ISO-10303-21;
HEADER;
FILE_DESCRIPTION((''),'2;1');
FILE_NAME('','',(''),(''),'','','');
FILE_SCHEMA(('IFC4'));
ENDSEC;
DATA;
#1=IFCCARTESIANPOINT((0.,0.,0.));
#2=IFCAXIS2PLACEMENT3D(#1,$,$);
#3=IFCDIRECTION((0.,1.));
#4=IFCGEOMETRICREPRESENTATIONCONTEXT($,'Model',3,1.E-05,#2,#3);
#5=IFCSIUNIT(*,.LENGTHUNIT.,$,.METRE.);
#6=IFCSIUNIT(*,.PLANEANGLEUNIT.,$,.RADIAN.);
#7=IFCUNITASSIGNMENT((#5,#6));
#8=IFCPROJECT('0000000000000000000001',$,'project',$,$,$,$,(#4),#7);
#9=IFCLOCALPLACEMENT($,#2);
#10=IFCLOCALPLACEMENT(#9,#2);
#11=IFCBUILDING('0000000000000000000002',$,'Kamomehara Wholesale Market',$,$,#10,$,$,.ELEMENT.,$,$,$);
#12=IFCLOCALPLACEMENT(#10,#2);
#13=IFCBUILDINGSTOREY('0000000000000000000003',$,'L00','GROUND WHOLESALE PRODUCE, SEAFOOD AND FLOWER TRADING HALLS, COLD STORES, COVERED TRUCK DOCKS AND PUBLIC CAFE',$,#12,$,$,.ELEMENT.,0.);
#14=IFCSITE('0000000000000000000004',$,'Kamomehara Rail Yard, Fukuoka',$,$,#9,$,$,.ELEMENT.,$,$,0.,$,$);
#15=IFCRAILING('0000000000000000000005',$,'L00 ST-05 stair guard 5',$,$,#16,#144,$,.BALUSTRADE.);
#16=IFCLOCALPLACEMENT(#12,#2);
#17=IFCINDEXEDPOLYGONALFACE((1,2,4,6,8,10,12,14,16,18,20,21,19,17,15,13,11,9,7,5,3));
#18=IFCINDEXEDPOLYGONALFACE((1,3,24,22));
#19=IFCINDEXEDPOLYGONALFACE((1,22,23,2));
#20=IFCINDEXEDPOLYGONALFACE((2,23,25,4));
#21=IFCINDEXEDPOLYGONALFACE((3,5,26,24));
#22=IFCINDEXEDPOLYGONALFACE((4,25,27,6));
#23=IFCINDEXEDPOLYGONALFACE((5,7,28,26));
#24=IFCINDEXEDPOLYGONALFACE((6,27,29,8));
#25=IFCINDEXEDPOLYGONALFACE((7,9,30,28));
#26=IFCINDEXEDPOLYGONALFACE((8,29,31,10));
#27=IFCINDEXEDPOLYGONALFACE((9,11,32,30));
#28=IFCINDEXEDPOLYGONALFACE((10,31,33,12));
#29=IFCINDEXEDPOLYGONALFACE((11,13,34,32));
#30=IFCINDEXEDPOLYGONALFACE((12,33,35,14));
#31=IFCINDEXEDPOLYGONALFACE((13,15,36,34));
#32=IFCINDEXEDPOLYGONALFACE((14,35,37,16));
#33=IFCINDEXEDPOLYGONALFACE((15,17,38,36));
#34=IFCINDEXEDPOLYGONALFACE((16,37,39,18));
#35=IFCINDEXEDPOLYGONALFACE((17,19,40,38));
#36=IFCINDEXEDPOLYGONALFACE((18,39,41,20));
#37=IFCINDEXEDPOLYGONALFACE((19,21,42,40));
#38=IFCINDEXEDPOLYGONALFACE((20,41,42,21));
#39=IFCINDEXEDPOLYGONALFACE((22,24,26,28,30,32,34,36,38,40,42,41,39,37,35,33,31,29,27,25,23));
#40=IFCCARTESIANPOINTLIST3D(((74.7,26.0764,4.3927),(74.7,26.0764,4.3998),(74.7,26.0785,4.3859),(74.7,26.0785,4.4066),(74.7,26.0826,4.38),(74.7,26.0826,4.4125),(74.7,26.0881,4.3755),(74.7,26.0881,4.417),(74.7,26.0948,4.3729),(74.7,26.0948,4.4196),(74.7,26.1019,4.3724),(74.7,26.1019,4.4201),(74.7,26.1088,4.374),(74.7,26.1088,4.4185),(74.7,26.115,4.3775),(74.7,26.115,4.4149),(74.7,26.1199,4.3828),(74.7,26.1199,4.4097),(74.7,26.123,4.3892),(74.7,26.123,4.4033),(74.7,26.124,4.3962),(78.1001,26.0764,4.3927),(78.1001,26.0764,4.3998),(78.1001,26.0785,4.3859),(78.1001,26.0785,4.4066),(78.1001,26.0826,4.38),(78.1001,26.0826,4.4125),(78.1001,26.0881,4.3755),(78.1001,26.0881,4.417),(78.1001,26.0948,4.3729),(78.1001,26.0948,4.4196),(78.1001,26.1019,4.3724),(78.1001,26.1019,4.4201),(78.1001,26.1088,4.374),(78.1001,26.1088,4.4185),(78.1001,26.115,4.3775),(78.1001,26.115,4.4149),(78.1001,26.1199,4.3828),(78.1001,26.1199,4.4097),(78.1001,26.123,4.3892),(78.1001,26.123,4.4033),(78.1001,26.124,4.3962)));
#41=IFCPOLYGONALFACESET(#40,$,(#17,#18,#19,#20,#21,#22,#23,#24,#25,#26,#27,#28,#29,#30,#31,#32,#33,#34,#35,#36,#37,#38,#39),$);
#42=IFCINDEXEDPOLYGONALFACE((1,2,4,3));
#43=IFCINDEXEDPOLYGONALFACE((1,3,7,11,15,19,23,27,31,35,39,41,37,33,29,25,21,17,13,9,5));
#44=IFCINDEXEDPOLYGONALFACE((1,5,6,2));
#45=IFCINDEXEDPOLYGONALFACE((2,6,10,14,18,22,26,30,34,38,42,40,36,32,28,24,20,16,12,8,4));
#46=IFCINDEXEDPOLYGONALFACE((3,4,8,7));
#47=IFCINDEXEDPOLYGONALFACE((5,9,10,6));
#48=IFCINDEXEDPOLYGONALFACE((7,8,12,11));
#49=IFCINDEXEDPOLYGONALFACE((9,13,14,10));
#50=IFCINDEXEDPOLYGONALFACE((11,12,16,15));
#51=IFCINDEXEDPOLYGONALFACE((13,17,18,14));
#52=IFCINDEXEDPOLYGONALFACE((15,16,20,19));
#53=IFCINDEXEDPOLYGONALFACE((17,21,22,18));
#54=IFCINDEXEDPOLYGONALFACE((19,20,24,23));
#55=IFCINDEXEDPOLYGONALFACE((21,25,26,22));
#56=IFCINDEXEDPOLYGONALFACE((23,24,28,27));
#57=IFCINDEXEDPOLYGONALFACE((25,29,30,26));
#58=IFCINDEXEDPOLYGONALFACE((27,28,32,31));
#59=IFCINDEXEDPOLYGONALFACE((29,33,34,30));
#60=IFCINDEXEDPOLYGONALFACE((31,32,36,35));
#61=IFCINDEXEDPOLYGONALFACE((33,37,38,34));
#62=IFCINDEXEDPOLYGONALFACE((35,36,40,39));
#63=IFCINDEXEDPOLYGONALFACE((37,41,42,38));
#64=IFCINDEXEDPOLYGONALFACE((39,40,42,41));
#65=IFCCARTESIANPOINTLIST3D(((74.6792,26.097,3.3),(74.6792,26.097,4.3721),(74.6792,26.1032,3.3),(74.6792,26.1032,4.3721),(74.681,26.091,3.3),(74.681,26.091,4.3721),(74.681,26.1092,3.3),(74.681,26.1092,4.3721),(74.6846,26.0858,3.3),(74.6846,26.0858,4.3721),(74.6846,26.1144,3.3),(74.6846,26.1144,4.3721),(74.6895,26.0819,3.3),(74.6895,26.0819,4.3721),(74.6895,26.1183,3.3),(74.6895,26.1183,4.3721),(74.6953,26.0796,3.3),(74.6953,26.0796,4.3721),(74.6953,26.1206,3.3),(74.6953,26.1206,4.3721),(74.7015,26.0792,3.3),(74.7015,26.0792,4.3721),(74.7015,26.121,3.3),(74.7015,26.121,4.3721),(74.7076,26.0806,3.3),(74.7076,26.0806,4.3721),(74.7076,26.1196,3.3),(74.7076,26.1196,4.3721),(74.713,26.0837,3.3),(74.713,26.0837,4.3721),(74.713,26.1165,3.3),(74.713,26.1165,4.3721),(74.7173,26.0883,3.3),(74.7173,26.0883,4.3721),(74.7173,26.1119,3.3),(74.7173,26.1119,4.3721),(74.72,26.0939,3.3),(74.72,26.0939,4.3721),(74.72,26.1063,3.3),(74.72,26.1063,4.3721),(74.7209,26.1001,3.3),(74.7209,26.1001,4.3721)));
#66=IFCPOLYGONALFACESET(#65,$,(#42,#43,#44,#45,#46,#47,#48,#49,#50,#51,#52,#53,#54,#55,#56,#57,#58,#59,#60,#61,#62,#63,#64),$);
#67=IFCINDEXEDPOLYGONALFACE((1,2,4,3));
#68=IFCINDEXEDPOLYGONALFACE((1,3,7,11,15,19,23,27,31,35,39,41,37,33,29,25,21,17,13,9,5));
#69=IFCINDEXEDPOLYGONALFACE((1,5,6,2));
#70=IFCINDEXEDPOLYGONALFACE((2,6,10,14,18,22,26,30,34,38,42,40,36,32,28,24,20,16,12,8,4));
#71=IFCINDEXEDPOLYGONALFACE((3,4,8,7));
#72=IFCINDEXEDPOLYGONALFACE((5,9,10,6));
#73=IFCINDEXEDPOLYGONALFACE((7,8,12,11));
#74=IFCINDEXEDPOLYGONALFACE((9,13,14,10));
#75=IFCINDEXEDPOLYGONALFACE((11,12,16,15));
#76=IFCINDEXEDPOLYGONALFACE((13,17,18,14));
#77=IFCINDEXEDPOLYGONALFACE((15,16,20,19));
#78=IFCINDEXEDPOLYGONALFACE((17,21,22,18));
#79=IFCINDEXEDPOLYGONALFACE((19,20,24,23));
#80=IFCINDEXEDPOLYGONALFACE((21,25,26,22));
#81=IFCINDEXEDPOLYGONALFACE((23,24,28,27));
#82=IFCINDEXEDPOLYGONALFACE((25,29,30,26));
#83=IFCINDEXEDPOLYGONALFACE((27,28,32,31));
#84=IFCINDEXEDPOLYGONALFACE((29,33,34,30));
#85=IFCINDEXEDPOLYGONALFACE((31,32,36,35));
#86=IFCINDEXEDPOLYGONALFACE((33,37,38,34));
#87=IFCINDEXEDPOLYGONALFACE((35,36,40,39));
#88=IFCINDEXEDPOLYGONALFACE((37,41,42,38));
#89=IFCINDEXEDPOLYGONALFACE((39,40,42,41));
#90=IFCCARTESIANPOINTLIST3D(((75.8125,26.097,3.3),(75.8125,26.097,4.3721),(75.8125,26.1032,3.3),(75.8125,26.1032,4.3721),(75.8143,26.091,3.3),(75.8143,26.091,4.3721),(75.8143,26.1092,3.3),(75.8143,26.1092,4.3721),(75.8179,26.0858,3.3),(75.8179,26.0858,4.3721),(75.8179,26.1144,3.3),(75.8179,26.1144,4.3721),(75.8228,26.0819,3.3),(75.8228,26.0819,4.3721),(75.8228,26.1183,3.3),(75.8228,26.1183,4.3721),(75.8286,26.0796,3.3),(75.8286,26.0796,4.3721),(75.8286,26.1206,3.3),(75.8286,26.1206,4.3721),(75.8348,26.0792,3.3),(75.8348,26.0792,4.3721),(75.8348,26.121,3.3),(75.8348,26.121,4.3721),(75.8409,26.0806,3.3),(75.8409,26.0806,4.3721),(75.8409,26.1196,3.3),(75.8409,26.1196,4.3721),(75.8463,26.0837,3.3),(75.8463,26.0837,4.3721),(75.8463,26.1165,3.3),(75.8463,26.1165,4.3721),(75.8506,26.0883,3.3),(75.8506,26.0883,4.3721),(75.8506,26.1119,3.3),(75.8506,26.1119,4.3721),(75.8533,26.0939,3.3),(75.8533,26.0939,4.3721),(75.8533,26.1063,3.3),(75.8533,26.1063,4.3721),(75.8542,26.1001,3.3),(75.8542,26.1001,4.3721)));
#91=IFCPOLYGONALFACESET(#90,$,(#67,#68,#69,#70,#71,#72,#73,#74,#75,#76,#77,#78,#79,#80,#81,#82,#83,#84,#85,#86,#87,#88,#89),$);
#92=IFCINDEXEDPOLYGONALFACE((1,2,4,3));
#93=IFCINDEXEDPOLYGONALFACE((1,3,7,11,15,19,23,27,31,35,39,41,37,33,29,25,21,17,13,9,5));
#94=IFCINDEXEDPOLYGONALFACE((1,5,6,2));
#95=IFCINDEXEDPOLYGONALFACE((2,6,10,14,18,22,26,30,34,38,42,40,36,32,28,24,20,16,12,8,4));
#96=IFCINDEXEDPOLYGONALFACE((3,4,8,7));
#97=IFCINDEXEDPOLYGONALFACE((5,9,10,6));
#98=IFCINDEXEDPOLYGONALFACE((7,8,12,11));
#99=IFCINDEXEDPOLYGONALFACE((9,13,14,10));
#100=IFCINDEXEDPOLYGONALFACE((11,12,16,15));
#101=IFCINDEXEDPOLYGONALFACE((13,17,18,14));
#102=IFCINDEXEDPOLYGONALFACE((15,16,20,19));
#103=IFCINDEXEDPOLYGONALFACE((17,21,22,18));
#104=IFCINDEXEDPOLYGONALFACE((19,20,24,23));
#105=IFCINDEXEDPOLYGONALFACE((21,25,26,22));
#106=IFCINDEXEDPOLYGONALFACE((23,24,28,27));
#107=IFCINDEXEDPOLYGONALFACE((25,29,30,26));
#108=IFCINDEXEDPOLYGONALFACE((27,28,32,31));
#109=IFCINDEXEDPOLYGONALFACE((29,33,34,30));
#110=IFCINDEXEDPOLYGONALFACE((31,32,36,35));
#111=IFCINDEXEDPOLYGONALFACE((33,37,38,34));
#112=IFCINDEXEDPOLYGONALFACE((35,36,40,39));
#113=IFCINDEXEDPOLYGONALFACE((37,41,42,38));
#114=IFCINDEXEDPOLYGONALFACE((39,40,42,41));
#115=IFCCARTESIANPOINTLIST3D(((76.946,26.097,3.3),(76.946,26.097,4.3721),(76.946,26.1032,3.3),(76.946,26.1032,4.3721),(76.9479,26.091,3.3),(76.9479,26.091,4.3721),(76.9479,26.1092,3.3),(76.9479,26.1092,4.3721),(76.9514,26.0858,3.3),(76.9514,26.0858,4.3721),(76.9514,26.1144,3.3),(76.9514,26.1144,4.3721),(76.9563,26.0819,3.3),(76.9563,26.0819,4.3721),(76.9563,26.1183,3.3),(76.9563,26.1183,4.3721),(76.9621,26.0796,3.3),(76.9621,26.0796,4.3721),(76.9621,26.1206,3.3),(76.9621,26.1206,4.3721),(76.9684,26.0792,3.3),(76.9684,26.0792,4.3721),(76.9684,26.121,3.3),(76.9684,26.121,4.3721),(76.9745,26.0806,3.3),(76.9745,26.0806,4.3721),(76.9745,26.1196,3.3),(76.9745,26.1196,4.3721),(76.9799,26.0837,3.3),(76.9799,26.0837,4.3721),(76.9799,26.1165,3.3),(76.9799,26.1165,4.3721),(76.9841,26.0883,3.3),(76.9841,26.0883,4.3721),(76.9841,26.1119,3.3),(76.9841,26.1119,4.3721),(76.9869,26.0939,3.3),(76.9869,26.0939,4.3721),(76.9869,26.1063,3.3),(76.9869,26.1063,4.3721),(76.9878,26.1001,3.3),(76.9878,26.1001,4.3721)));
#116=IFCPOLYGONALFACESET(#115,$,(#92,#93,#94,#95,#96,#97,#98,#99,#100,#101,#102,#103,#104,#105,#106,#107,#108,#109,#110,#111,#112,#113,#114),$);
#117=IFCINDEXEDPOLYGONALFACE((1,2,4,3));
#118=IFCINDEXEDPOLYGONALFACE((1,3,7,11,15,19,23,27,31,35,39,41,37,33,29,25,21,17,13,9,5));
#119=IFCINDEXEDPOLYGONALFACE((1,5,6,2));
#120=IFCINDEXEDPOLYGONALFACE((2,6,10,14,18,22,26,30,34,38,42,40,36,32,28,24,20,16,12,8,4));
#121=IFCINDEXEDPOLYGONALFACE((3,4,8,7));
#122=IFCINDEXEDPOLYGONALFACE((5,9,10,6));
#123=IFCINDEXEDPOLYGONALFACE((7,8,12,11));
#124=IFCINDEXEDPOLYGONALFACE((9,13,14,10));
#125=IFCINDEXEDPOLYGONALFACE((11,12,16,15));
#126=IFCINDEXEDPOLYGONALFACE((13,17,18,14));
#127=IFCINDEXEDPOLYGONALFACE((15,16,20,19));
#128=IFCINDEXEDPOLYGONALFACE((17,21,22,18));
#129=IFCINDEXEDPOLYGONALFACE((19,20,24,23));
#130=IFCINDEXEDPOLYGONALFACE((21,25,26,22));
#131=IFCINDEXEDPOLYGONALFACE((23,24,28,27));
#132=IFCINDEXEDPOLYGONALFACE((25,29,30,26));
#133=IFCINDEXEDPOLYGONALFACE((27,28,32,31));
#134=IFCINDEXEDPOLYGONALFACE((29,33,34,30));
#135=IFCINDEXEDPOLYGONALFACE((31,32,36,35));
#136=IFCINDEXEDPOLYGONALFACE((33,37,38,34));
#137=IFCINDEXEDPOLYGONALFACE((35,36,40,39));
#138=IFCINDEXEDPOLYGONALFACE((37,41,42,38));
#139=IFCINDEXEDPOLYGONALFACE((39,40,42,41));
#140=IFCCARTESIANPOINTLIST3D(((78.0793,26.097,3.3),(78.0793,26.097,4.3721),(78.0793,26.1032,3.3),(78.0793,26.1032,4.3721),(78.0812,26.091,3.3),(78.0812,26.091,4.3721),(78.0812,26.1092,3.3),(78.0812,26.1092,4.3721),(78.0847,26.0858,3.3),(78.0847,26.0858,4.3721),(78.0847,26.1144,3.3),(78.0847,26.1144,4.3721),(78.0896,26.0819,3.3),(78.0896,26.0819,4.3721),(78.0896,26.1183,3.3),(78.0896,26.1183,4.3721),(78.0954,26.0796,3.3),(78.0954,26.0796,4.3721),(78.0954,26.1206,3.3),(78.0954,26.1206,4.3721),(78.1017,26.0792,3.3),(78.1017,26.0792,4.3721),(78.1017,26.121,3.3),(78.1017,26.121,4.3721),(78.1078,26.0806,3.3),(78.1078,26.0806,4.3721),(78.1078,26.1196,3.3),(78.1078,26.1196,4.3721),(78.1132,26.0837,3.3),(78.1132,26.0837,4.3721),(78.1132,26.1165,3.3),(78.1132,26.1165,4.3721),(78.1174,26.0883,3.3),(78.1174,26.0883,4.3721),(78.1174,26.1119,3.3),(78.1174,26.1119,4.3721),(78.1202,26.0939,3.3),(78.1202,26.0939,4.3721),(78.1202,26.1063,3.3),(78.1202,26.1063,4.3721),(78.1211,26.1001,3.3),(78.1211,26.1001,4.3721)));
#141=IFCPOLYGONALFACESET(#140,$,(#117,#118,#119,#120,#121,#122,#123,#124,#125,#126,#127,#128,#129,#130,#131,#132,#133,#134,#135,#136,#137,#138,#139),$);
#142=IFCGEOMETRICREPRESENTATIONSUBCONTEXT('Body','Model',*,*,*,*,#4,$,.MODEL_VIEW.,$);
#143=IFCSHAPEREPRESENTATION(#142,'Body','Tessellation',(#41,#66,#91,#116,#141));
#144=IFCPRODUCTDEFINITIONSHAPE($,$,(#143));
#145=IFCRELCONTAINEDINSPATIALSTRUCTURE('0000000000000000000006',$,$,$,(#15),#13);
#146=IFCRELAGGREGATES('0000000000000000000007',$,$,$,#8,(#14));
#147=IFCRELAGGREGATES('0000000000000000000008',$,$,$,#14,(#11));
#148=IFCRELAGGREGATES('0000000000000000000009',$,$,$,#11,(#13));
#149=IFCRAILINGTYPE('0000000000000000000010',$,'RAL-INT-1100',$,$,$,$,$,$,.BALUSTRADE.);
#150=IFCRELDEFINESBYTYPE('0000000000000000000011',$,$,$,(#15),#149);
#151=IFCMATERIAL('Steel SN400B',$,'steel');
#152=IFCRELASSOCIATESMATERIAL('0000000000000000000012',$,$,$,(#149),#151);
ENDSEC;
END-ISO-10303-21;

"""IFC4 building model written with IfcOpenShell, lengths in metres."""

from ifc_helpers import new_model, si_unit, direction, frame, origin, origin_2d, place, context, subcontext, project, spatial, circle, extrude, material, type_object, element, save


model = new_model("IFC4")

# Units and contexts
model_context = context("Model", 3, precision=1e-05, world=origin(), true_north=direction((0.0, 1.0)))
body_context = subcontext(model_context, "Body", "Model", "MODEL_VIEW")
ifc_project = project(units=[si_unit("LENGTHUNIT", "METRE"), si_unit("PLANEANGLEUNIT", "RADIAN")], contexts=[model_context])

# Site, building, storey
site_placement = place(None, origin())
site = spatial("IfcSite", under=ifc_project, at=site_placement, Name="Kamomehara Rail Yard, Fukuoka", CompositionType="ELEMENT", RefElevation=0.0)
building_placement = place(site_placement, origin())
building = spatial("IfcBuilding", under=site, at=building_placement, Name="Kamomehara Wholesale Market", CompositionType="ELEMENT")
storey_placement = place(building_placement, origin())
storey = spatial("IfcBuildingStorey", under=building, at=storey_placement, Name="L00", Description="GROUND WHOLESALE PRODUCE, SEAFOOD AND FLOWER TRADING HALLS, COLD STORES, COVERED TRUCK DOCKS AND PUBLIC CAFE", CompositionType="ELEMENT", Elevation=0.0)

# Railing
ifc_material_1 = material(Name="Steel SN400B", Category="steel")
railing_type = type_object("IfcRailingType", Name="RAL-INT-1100", PredefinedType="BALUSTRADE", material=ifc_material_1)
railing_placement = place(storey_placement, frame((74.7, 26.1001, 3.3)))
element("IfcRailing", 1, at=railing_placement, inside=storey, type_object=railing_type, Name="L00 ST-05 stair guard 5", PredefinedType="BALUSTRADE", context=body_context, shape_type="SweptSolid", body=[
    extrude(circle(Radius=0.0239, at=origin_2d()), frame((0.0, 0.0, 1.0962), z_axis=(1.0, 0.0, 0.0), x_axis=(0.0, 1.0, 0.0)), (0.0, 0.0, 1.0), 3.4001),
    extrude(circle(Radius=0.021, at=origin_2d()), origin(), (0.0, 0.0, 1.0), 1.072),
    extrude(circle(Radius=0.021, at=origin_2d()), frame((1.1333, 0.0, 0.0)), (0.0, 0.0, 1.0), 1.072),
    extrude(circle(Radius=0.021, at=origin_2d()), frame((2.2668, 0.0, 0.0)), (0.0, 0.0, 1.0), 1.072),
    extrude(circle(Radius=0.021, at=origin_2d()), frame((3.4001, 0.0, 0.0)), (0.0, 0.0, 1.0), 1.072),
])

save(model, "model.ifc")
